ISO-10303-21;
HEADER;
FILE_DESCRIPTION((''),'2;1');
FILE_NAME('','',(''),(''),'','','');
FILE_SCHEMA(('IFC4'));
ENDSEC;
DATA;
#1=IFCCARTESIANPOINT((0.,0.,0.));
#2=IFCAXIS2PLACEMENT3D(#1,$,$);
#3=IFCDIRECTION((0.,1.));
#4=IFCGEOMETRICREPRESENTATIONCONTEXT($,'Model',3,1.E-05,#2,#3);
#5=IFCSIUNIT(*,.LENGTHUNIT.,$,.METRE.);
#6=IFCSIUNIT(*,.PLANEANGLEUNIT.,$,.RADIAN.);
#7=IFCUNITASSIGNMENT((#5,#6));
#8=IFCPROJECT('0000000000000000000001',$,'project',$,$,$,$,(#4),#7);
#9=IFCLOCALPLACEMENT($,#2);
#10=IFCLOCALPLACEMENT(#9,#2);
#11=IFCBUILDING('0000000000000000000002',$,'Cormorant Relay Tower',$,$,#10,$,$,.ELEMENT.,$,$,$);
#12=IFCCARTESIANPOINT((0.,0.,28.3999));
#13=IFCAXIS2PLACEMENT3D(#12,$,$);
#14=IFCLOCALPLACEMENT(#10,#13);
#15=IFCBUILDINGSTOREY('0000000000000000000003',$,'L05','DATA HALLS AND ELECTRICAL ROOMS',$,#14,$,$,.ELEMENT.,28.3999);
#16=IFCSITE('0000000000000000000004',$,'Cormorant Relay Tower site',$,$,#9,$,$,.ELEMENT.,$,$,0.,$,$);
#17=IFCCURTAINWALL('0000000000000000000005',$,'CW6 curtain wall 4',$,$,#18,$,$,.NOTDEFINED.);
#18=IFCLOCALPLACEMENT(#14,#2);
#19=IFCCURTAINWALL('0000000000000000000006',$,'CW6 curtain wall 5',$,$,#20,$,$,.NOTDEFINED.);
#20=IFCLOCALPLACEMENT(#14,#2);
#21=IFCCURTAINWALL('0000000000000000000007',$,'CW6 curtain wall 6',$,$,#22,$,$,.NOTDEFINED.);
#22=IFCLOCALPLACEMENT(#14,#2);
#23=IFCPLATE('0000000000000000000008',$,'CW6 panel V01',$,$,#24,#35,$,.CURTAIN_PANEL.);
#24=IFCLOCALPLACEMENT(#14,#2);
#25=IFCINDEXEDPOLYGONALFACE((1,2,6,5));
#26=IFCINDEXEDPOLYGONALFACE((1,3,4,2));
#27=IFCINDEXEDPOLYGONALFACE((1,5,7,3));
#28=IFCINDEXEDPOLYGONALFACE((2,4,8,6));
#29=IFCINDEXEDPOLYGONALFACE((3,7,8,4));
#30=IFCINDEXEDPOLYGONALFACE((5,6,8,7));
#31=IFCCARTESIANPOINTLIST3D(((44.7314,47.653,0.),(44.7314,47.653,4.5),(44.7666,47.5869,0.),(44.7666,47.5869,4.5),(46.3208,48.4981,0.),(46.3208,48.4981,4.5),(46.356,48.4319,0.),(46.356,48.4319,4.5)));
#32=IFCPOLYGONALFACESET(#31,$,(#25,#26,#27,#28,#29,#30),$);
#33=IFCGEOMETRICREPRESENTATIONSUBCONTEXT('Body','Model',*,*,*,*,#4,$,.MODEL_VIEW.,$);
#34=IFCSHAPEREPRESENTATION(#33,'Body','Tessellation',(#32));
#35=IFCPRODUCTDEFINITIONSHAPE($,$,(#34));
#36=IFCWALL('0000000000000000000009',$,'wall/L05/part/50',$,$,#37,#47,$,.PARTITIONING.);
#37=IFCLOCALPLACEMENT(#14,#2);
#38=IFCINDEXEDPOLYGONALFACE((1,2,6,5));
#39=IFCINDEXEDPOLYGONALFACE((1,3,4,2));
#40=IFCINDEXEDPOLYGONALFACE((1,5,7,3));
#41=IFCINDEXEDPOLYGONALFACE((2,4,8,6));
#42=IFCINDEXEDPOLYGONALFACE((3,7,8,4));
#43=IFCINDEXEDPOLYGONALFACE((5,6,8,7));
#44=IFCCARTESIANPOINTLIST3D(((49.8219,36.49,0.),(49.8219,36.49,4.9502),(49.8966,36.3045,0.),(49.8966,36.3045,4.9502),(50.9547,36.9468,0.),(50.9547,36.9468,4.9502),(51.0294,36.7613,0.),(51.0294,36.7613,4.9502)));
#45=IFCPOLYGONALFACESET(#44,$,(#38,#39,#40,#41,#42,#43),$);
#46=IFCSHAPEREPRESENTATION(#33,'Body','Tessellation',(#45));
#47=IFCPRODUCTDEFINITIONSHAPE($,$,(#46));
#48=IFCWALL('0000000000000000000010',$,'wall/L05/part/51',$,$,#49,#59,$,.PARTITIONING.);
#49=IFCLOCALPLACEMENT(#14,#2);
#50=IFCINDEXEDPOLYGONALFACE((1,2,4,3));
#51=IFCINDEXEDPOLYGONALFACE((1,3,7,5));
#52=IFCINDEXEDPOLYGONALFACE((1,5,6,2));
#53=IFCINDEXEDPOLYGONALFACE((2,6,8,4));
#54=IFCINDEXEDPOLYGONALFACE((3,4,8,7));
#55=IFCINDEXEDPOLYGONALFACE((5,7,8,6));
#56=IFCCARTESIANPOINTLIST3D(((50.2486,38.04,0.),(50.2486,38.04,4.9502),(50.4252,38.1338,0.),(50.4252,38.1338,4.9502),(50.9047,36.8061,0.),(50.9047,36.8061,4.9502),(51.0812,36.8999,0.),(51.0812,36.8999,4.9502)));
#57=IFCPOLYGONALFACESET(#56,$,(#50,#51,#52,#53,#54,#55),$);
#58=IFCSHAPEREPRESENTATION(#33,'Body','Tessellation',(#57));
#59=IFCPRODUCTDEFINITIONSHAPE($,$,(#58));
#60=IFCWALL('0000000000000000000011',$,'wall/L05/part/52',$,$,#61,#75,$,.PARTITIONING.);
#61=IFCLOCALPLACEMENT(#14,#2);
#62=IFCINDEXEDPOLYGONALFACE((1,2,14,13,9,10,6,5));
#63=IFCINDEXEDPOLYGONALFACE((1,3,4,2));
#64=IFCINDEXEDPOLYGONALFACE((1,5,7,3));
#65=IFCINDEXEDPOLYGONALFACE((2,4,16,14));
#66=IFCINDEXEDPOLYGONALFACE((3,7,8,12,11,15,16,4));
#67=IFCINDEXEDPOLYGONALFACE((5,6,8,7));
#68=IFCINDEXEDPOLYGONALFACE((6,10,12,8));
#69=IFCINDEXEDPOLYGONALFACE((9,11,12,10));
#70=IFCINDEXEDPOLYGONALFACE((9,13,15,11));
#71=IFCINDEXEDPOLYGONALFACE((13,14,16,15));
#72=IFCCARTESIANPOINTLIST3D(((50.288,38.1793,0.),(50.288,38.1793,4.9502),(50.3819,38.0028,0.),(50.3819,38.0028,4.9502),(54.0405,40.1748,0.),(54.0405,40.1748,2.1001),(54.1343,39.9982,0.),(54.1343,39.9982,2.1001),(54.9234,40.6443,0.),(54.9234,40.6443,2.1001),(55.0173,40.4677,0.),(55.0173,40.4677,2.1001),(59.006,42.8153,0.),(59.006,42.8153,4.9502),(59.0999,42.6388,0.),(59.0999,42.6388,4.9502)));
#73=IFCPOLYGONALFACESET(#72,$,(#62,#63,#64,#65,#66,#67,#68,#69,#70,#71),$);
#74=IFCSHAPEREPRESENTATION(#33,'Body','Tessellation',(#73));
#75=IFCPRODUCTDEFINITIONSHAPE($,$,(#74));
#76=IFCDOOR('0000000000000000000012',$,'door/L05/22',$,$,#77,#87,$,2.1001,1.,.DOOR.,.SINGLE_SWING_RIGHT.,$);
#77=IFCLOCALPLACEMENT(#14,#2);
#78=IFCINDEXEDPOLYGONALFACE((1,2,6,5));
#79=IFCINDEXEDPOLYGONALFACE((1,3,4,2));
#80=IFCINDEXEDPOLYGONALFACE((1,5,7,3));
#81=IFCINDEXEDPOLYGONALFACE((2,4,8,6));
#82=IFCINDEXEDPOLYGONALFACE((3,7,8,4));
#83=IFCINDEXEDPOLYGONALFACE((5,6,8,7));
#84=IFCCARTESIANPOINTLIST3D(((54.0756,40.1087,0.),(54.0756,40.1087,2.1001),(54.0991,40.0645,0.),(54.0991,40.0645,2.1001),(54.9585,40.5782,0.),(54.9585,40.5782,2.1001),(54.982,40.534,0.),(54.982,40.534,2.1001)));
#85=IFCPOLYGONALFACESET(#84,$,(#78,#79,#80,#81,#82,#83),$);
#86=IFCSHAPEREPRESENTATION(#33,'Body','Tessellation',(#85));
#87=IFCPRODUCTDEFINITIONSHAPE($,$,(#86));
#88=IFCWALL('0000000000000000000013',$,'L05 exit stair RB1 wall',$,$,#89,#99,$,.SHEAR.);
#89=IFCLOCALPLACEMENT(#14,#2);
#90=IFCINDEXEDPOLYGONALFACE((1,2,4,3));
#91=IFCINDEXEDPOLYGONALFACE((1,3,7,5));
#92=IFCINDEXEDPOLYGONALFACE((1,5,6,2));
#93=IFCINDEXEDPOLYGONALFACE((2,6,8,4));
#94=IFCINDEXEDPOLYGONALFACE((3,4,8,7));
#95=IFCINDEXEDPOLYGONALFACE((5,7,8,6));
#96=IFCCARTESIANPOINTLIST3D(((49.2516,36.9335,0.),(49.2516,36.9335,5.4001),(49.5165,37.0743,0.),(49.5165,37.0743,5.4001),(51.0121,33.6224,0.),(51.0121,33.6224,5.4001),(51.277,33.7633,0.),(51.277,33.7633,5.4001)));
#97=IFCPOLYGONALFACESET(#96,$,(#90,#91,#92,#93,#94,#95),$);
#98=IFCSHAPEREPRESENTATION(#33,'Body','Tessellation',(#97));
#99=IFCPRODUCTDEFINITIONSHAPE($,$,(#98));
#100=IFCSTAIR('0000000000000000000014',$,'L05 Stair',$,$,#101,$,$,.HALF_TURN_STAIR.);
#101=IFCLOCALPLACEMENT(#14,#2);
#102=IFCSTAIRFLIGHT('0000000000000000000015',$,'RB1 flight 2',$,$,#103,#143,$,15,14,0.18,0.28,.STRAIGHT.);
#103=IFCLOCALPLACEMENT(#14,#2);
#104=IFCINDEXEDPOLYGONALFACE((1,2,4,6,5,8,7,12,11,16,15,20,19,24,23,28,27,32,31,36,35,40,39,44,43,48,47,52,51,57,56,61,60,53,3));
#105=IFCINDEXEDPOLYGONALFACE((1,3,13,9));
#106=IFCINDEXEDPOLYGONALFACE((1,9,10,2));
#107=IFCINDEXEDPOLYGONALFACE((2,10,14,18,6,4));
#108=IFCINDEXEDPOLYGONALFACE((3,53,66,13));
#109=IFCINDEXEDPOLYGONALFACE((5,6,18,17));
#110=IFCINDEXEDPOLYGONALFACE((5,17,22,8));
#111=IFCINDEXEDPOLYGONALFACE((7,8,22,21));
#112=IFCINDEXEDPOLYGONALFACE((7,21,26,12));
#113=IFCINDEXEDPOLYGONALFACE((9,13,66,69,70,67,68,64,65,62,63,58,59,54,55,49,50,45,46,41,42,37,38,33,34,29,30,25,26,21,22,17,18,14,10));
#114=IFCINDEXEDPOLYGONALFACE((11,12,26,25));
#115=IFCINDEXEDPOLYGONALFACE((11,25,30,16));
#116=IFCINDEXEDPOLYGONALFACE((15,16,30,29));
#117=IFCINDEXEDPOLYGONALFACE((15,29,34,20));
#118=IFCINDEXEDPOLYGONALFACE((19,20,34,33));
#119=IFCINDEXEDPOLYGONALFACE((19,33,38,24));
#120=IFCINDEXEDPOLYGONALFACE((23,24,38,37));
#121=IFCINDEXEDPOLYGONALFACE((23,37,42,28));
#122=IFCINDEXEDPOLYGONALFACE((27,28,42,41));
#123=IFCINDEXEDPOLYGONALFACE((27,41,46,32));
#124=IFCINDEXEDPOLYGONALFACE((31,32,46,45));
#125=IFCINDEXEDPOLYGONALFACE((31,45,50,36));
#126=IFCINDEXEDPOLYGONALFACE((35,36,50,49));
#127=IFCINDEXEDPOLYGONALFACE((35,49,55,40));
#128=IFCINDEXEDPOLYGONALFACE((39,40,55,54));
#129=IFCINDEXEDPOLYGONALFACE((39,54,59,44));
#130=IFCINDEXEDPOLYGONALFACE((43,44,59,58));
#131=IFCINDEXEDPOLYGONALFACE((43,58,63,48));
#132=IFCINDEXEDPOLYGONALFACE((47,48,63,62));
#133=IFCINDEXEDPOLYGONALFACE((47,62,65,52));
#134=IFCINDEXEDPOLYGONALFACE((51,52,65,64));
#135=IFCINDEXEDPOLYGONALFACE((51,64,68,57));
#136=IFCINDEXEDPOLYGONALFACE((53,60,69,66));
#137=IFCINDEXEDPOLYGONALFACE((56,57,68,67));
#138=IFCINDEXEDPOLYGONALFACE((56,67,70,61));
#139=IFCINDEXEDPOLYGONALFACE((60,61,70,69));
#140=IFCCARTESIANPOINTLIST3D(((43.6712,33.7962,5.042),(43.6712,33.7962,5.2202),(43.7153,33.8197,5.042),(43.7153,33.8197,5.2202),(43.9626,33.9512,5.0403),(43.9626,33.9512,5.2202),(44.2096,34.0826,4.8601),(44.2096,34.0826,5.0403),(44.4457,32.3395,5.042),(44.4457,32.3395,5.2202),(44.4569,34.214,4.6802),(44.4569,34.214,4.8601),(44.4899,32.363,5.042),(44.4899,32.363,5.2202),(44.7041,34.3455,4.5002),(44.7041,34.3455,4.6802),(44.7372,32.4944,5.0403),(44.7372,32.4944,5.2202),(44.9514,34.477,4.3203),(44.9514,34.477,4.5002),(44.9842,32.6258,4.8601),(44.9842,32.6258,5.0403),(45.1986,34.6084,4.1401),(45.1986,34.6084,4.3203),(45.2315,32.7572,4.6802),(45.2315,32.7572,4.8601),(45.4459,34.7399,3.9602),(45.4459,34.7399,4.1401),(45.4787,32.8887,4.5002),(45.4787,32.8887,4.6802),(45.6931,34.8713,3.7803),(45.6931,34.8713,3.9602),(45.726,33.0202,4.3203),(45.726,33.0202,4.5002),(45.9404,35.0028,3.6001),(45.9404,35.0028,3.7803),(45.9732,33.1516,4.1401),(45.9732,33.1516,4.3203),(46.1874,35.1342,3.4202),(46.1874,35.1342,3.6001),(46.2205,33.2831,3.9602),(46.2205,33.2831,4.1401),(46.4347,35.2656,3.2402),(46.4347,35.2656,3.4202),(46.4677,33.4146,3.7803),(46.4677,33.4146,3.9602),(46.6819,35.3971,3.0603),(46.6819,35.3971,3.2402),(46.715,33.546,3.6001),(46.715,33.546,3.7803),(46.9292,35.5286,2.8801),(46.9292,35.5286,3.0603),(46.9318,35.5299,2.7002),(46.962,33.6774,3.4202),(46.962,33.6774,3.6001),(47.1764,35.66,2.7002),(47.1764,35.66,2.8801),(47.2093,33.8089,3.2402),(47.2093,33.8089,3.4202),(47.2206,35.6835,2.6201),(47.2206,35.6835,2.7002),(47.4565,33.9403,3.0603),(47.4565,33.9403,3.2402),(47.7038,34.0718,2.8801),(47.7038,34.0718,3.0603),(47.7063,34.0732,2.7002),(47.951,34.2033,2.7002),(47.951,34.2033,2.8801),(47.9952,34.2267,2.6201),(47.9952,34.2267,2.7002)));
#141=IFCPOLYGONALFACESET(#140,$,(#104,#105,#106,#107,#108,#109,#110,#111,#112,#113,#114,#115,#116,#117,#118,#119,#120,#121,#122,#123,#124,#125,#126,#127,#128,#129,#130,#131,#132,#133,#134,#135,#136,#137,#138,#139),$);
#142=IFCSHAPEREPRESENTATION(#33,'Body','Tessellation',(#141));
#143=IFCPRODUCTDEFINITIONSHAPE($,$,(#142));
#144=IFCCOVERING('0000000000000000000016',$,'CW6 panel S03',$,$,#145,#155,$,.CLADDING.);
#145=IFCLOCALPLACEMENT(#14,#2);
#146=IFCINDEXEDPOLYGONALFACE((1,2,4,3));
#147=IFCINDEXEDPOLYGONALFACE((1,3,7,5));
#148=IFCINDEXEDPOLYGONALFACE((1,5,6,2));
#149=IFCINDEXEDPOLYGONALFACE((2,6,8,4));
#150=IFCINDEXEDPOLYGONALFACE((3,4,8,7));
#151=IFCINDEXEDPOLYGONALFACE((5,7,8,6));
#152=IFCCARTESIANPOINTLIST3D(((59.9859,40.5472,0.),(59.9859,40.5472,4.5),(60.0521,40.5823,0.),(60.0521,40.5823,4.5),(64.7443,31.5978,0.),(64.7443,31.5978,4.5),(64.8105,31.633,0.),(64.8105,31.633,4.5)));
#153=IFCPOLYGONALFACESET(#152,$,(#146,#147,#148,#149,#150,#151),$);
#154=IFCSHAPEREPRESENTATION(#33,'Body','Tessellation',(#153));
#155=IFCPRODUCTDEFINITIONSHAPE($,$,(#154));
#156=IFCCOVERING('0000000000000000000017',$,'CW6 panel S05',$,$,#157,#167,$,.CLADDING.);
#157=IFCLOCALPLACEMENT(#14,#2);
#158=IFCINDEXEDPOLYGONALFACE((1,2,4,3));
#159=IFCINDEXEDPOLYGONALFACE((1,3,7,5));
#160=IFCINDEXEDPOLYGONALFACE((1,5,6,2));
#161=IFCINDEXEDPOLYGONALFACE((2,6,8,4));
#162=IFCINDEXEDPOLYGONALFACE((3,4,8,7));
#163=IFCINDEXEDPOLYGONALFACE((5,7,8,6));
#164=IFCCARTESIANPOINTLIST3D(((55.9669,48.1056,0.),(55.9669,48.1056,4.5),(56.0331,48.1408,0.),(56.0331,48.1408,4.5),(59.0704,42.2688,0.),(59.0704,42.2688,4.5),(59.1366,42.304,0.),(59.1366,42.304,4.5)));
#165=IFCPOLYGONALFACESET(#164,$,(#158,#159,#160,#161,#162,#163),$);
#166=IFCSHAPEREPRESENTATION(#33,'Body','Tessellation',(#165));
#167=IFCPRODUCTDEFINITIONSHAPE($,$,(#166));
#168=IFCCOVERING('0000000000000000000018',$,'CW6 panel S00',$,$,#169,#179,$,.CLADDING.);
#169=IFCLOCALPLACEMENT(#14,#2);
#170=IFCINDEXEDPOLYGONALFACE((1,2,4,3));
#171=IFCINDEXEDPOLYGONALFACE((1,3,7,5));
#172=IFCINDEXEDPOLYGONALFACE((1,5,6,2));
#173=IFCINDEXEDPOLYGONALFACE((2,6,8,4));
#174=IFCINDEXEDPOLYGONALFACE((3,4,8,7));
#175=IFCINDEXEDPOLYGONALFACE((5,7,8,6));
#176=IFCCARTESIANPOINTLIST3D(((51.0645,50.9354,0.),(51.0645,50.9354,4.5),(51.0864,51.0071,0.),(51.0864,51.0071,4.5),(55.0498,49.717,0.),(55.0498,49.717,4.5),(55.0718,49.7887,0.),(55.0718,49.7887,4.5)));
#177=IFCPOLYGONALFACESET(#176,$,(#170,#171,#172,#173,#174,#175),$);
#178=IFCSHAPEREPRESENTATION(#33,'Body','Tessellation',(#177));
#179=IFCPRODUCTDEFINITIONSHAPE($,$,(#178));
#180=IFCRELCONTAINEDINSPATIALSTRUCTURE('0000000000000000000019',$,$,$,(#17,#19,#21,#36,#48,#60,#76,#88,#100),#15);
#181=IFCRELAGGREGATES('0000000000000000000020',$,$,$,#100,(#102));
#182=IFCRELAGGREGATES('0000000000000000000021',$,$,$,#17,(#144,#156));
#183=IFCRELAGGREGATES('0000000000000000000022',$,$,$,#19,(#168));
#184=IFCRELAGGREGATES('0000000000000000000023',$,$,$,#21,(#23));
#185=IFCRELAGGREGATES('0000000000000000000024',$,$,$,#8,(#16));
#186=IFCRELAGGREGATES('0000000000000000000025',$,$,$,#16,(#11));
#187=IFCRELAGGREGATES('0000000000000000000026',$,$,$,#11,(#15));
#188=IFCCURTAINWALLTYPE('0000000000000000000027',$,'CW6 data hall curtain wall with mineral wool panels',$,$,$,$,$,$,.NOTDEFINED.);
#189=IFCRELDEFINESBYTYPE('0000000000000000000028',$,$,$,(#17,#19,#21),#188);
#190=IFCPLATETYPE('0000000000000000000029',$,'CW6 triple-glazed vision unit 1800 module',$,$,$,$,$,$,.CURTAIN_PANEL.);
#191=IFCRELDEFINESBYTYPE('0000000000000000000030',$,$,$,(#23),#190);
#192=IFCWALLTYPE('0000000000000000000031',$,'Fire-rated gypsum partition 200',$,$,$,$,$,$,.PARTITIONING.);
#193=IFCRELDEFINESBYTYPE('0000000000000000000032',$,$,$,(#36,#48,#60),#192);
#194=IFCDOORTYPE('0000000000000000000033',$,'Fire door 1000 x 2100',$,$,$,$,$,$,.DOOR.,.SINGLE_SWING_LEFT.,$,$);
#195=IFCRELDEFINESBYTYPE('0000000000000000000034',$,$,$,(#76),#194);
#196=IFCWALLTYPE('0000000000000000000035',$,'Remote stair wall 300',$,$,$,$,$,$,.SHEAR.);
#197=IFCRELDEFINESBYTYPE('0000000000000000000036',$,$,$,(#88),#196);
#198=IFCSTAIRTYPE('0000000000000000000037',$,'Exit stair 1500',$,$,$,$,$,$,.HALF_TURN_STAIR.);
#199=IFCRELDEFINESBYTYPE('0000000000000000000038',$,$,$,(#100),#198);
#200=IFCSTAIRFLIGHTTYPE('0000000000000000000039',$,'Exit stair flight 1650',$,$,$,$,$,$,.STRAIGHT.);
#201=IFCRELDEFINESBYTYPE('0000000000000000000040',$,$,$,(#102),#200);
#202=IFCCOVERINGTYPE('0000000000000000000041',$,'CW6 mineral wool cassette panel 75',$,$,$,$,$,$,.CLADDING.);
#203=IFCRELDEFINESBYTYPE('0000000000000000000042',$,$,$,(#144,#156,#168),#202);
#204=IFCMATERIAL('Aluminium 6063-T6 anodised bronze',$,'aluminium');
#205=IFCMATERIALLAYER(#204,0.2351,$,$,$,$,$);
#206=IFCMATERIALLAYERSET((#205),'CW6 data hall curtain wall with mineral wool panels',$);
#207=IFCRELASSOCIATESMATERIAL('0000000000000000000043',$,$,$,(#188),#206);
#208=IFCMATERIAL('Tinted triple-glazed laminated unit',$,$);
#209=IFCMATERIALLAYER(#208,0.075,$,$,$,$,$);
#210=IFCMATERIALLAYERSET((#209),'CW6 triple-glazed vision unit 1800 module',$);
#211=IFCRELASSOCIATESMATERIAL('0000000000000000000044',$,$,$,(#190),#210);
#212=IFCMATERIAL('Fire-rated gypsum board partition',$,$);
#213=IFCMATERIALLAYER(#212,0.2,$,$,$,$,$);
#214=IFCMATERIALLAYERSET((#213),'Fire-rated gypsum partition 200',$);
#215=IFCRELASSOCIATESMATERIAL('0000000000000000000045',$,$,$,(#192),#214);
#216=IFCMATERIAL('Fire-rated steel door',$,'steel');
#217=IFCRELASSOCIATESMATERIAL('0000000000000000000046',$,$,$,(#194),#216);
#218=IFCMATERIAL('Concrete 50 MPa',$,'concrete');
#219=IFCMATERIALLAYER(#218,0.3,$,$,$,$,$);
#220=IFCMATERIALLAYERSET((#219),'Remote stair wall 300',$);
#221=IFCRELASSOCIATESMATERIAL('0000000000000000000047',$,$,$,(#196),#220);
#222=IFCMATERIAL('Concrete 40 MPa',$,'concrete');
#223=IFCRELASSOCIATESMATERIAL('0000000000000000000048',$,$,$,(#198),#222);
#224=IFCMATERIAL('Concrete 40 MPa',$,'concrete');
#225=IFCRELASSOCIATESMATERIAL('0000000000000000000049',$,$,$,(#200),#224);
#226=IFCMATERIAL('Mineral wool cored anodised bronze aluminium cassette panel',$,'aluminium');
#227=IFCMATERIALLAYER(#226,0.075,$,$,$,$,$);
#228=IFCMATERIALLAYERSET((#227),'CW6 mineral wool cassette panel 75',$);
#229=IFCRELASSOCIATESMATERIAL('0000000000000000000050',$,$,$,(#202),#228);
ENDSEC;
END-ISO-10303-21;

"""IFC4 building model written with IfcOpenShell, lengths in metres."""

from ifc_helpers import new_model, si_unit, direction, frame, frame_2d, origin, origin_2d, place, context, subcontext, project, spatial, polyline, rectangle, outline, extrude, material, layer, layer_set, type_object, element, fill, aggregate, save


model = new_model("IFC4")

# Units and contexts
model_context = context("Model", 3, precision=1e-05, world=origin(), true_north=direction((0.0, 1.0)))
body_context = subcontext(model_context, "Body", "Model", "MODEL_VIEW")
ifc_project = project(units=[si_unit("LENGTHUNIT", "METRE"), si_unit("PLANEANGLEUNIT", "RADIAN")], contexts=[model_context])

# Site, building, storey
site_placement = place(None, origin())
site = spatial("IfcSite", under=ifc_project, at=site_placement, Name="Cormorant Relay Tower site", CompositionType="ELEMENT", RefElevation=0.0)
building_placement = place(site_placement, origin())
building = spatial("IfcBuilding", under=site, at=building_placement, Name="Cormorant Relay Tower", CompositionType="ELEMENT")
storey_placement = place(building_placement, frame((0.0, 0.0, 28.3999)))
storey = spatial("IfcBuildingStorey", under=building, at=storey_placement, Name="L05", Description="DATA HALLS AND ELECTRICAL ROOMS", CompositionType="ELEMENT", Elevation=28.3999)

# Curtain wall
ifc_material_1 = material(Name="Aluminium 6063-T6 anodised bronze", Category="aluminium")
ifc_layer_1 = layer(ifc_material_1, 0.2351)
ifc_layer_set_1 = layer_set([ifc_layer_1], Name="CW6 data hall curtain wall with mineral wool panels")
curtain_wall_type = type_object("IfcCurtainWallType", Name="CW6 data hall curtain wall with mineral wool panels", PredefinedType="NOTDEFINED", material=ifc_layer_set_1)
curtain_wall_1_placement = place(storey_placement, origin())
curtain_wall_1 = element("IfcCurtainWall", 1, at=curtain_wall_1_placement, inside=storey, type_object=curtain_wall_type, Name="CW6 curtain wall 4", PredefinedType="NOTDEFINED")

# Curtain wall
curtain_wall_2_placement = place(storey_placement, origin())
curtain_wall_2 = element("IfcCurtainWall", 2, at=curtain_wall_2_placement, inside=storey, type_object=curtain_wall_type, Name="CW6 curtain wall 5", PredefinedType="NOTDEFINED")

# Curtain wall
curtain_wall_3_placement = place(storey_placement, origin())
curtain_wall_3 = element("IfcCurtainWall", 3, at=curtain_wall_3_placement, inside=storey, type_object=curtain_wall_type, Name="CW6 curtain wall 6", PredefinedType="NOTDEFINED")

# Plate
ifc_material_2 = material(Name="Tinted triple-glazed laminated unit")
ifc_layer_2 = layer(ifc_material_2, 0.075)
ifc_layer_set_2 = layer_set([ifc_layer_2], Name="CW6 triple-glazed vision unit 1800 module")
plate_type = type_object("IfcPlateType", Name="CW6 triple-glazed vision unit 1800 module", PredefinedType="CURTAIN_PANEL", material=ifc_layer_set_2)
plate_1_placement = place(storey_placement, frame((45.5437, 48.0425, 0.0), z_axis=(0.0, 0.0, 1.0), x_axis=(-0.882948, -0.469472, 0.0)))
plate_1 = element("IfcPlate", 4, at=plate_1_placement, type_object=plate_type, Name="CW6 panel V01", PredefinedType="CURTAIN_PANEL", context=body_context, shape_type="SweptSolid", body=[
    extrude(rectangle(XDim=1.8, YDim=0.075, at=origin_2d()), origin(), (0.0, 0.0, 1.0), 4.5),
])

# Walls
ifc_material_3 = material(Name="Fire-rated gypsum board partition")
ifc_layer_3 = layer(ifc_material_3, 0.2)
ifc_layer_set_3 = layer_set([ifc_layer_3], Name="Fire-rated gypsum partition 200")
wall_type_1 = type_object("IfcWallType", Name="Fire-rated gypsum partition 200", PredefinedType="PARTITIONING", material=ifc_layer_set_3)
wall_1_placement = place(storey_placement, frame((49.8591, 36.3972, 0.0), z_axis=(0.0, 0.0, 1.0), x_axis=(0.927439, 0.373974, 0.0)))
element("IfcWall", 5, at=wall_1_placement, inside=storey, type_object=wall_type_1, Name="wall/L05/part/50", PredefinedType="PARTITIONING", context=body_context, shape_type="SweptSolid", body=[
    extrude(rectangle(XDim=1.2214, YDim=0.2, at=frame_2d((0.6108, 0.0))), origin(), (0.0, 0.0, 1.0), 4.9502),
])
wall_2_placement = place(storey_placement, frame((50.3369, 38.0869, 0.0), z_axis=(0.0, 0.0, 1.0), x_axis=(0.469436, -0.882966, 0.0)))
element("IfcWall", 6, at=wall_2_placement, inside=storey, type_object=wall_type_1, Name="wall/L05/part/51", PredefinedType="PARTITIONING", context=body_context, shape_type="SweptSolid", body=[
    extrude(rectangle(XDim=1.3975, YDim=0.2, at=frame_2d((0.6987, 0.0))), origin(), (0.0, 0.0, 1.0), 4.9502),
])

# Wall, opening, door
wall_3_placement = place(storey_placement, frame((50.335, 38.0911, 0.0), z_axis=(0.0, 0.0, 1.0), x_axis=(0.882925, 0.469514, 0.0)))
wall_3 = element("IfcWall", 7, at=wall_3_placement, inside=storey, type_object=wall_type_1, Name="wall/L05/part/52", PredefinedType="PARTITIONING", context=body_context, shape_type="SweptSolid", body=[
    extrude(rectangle(XDim=9.874, YDim=0.2, at=frame_2d((4.937, 0.0))), origin(), (0.0, 0.0, 1.0), 4.9502),
])
opening_placement = place(wall_3_placement, frame((4.25, 0.0, 0.0)))
opening = element("IfcOpeningElement", 8, at=opening_placement, cuts=wall_3, PredefinedType="OPENING", context=body_context, shape_type="SweptSolid", body=[
    extrude(rectangle(XDim=1.0, YDim=2.1001, at=frame_2d((0.5, 1.05))), frame((0.0, 0.1099, 0.0), z_axis=(0.0, -1.0, 0.0), x_axis=(1.0, 0.0, 0.0)), (0.0, 0.0, 1.0), 0.22),
])
ifc_material_4 = material(Name="Fire-rated steel door", Category="steel")
door_type = type_object("IfcDoorType", Name="Fire door 1000 x 2100", OperationType="SINGLE_SWING_LEFT", PredefinedType="DOOR", material=ifc_material_4)
door_placement = place(opening_placement, frame((1.0, 0.0, 0.0), z_axis=(0.0, 0.0, 1.0), x_axis=(-1.0, 0.0, 0.0)))
door = element("IfcDoor", 9, at=door_placement, inside=storey, type_object=door_type, Name="door/L05/22", OperationType="SINGLE_SWING_RIGHT", OverallHeight=2.1001, OverallWidth=1.0, PredefinedType="DOOR", context=body_context, shape_type="SweptSolid", body=[
    extrude(rectangle(XDim=1.0, YDim=2.1001, at=frame_2d((0.5, 1.05))), frame((0.0, 0.0249, 0.0), z_axis=(0.0, -1.0, 0.0), x_axis=(1.0, 0.0, 0.0)), (0.0, 0.0, 1.0), 0.05),
])
fill(opening, door)

# Wall
ifc_material_5 = material(Name="Concrete 50 MPa", Category="concrete")
ifc_layer_4 = layer(ifc_material_5, 0.3)
ifc_layer_set_4 = layer_set([ifc_layer_4], Name="Remote stair wall 300")
wall_type_2 = type_object("IfcWallType", Name="Remote stair wall 300", PredefinedType="SHEAR", material=ifc_layer_set_4)
wall_4_placement = place(storey_placement, frame((49.384, 37.0039, 0.0), z_axis=(0.0, 0.0, 1.0), x_axis=(0.469469, -0.882949, 0.0)))
element("IfcWall", 10, at=wall_4_placement, inside=storey, type_object=wall_type_2, Name="L05 exit stair RB1 wall", PredefinedType="SHEAR", context=body_context, shape_type="SweptSolid", body=[
    extrude(rectangle(XDim=3.75, YDim=0.3, at=frame_2d((1.875, 0.0))), origin(), (0.0, 0.0, 1.0), 5.4001),
])

# Stair, stair flight
ifc_material_6 = material(Name="Concrete 40 MPa", Category="concrete")
stair_type = type_object("IfcStairType", Name="Exit stair 1500", PredefinedType="HALF_TURN_STAIR", material=ifc_material_6)
stair_placement = place(storey_placement, origin())
stair = element("IfcStair", 11, at=stair_placement, inside=storey, type_object=stair_type, Name="L05 Stair", PredefinedType="HALF_TURN_STAIR")
ifc_material_7 = material(Name="Concrete 40 MPa", Category="concrete")
stair_flight_type = type_object("IfcStairFlightType", Name="Exit stair flight 1650", PredefinedType="STRAIGHT", material=ifc_material_7)
stair_flight_placement = place(storey_placement, frame((47.5637, 34.9316, 2.7002), z_axis=(0.0, 0.0, 1.0), x_axis=(-0.882948, -0.469472, 0.0)))
stair_flight = element("IfcStairFlight", 12, at=stair_flight_placement, type_object=stair_flight_type, Name="RB1 flight 2", NumberOfRisers=15, NumberOfTreads=14, PredefinedType="STRAIGHT", RiserHeight=0.18, TreadLength=0.28, context=body_context, shape_type="SweptSolid", body=[
    extrude(outline(polyline([(-0.05, -0.0801), (-0.05, 0.0), (0.0, 0.0), (0.0, 0.1799), (0.28, 0.1799), (0.28, 0.3601), (0.5601, 0.3601), (0.5601, 0.54), (0.8401, 0.54), (0.8401, 0.72), (1.1201, 0.72), (1.1201, 0.8999), (1.3999, 0.8999), (1.3999, 1.0801), (1.6799, 1.0801), (1.6799, 1.26), (1.96, 1.26), (1.96, 1.4399), (2.24, 1.4399), (2.24, 1.6201), (2.52, 1.6201), (2.52, 1.8), (2.8, 1.8), (2.8, 1.98), (3.0801, 1.98), (3.0801, 2.1599), (3.3601, 2.1599), (3.3601, 2.3401), (3.6399, 2.3401), (3.6399, 2.52), (3.9199, 2.52), (3.97, 2.52), (3.97, 2.3418), (3.9199, 2.3418), (0.2771, 0.0), (-0.05, -0.0801)])), frame((0.0, 0.825, 0.0), z_axis=(0.0, -1.0, 0.0), x_axis=(1.0, 0.0, 0.0)), (0.0, 0.0, 1.0), 1.6499),
])
aggregate(stair, [stair_flight])

# Coverings
ifc_material_8 = material(Name="Mineral wool cored anodised bronze aluminium cassette panel", Category="aluminium")
ifc_layer_5 = layer(ifc_material_8, 0.075)
ifc_layer_set_5 = layer_set([ifc_layer_5], Name="CW6 mineral wool cassette panel 75")
covering_type = type_object("IfcCoveringType", Name="CW6 mineral wool cassette panel 75", PredefinedType="CLADDING", material=ifc_layer_set_5)
covering_1_placement = place(storey_placement, frame((62.3982, 36.0901, 0.0), z_axis=(0.0, 0.0, 1.0), x_axis=(-0.469472, 0.882948, 0.0)))
covering_1 = element("IfcCovering", 13, at=covering_1_placement, type_object=covering_type, Name="CW6 panel S03", PredefinedType="CLADDING", context=body_context, shape_type="SweptSolid", body=[
    extrude(rectangle(XDim=10.1357, YDim=0.075, at=origin_2d()), origin(), (0.0, 0.0, 1.0), 4.5),
])
covering_2_placement = place(storey_placement, frame((57.5518, 45.2048, 0.0), z_axis=(0.0, 0.0, 1.0), x_axis=(-0.469472, 0.882948, 0.0)))
covering_2 = element("IfcCovering", 14, at=covering_2_placement, type_object=covering_type, Name="CW6 panel S05", PredefinedType="CLADDING", context=body_context, shape_type="SweptSolid", body=[
    extrude(rectangle(XDim=6.6106, YDim=0.075, at=origin_2d()), origin(), (0.0, 0.0, 1.0), 4.5),
])
aggregate(curtain_wall_1, [covering_1, covering_2])
covering_3_placement = place(storey_placement, frame((53.0681, 50.3621, 0.0), z_axis=(0.0, 0.0, 1.0), x_axis=(-0.956305, 0.292372, 0.0)))
covering_3 = element("IfcCovering", 15, at=covering_3_placement, type_object=covering_type, Name="CW6 panel S00", PredefinedType="CLADDING", context=body_context, shape_type="SweptSolid", body=[
    extrude(rectangle(XDim=4.1675, YDim=0.075, at=origin_2d()), origin(), (0.0, 0.0, 1.0), 4.5),
])
aggregate(curtain_wall_2, [covering_3])
aggregate(curtain_wall_3, [plate_1])

save(model, "model.ifc")
